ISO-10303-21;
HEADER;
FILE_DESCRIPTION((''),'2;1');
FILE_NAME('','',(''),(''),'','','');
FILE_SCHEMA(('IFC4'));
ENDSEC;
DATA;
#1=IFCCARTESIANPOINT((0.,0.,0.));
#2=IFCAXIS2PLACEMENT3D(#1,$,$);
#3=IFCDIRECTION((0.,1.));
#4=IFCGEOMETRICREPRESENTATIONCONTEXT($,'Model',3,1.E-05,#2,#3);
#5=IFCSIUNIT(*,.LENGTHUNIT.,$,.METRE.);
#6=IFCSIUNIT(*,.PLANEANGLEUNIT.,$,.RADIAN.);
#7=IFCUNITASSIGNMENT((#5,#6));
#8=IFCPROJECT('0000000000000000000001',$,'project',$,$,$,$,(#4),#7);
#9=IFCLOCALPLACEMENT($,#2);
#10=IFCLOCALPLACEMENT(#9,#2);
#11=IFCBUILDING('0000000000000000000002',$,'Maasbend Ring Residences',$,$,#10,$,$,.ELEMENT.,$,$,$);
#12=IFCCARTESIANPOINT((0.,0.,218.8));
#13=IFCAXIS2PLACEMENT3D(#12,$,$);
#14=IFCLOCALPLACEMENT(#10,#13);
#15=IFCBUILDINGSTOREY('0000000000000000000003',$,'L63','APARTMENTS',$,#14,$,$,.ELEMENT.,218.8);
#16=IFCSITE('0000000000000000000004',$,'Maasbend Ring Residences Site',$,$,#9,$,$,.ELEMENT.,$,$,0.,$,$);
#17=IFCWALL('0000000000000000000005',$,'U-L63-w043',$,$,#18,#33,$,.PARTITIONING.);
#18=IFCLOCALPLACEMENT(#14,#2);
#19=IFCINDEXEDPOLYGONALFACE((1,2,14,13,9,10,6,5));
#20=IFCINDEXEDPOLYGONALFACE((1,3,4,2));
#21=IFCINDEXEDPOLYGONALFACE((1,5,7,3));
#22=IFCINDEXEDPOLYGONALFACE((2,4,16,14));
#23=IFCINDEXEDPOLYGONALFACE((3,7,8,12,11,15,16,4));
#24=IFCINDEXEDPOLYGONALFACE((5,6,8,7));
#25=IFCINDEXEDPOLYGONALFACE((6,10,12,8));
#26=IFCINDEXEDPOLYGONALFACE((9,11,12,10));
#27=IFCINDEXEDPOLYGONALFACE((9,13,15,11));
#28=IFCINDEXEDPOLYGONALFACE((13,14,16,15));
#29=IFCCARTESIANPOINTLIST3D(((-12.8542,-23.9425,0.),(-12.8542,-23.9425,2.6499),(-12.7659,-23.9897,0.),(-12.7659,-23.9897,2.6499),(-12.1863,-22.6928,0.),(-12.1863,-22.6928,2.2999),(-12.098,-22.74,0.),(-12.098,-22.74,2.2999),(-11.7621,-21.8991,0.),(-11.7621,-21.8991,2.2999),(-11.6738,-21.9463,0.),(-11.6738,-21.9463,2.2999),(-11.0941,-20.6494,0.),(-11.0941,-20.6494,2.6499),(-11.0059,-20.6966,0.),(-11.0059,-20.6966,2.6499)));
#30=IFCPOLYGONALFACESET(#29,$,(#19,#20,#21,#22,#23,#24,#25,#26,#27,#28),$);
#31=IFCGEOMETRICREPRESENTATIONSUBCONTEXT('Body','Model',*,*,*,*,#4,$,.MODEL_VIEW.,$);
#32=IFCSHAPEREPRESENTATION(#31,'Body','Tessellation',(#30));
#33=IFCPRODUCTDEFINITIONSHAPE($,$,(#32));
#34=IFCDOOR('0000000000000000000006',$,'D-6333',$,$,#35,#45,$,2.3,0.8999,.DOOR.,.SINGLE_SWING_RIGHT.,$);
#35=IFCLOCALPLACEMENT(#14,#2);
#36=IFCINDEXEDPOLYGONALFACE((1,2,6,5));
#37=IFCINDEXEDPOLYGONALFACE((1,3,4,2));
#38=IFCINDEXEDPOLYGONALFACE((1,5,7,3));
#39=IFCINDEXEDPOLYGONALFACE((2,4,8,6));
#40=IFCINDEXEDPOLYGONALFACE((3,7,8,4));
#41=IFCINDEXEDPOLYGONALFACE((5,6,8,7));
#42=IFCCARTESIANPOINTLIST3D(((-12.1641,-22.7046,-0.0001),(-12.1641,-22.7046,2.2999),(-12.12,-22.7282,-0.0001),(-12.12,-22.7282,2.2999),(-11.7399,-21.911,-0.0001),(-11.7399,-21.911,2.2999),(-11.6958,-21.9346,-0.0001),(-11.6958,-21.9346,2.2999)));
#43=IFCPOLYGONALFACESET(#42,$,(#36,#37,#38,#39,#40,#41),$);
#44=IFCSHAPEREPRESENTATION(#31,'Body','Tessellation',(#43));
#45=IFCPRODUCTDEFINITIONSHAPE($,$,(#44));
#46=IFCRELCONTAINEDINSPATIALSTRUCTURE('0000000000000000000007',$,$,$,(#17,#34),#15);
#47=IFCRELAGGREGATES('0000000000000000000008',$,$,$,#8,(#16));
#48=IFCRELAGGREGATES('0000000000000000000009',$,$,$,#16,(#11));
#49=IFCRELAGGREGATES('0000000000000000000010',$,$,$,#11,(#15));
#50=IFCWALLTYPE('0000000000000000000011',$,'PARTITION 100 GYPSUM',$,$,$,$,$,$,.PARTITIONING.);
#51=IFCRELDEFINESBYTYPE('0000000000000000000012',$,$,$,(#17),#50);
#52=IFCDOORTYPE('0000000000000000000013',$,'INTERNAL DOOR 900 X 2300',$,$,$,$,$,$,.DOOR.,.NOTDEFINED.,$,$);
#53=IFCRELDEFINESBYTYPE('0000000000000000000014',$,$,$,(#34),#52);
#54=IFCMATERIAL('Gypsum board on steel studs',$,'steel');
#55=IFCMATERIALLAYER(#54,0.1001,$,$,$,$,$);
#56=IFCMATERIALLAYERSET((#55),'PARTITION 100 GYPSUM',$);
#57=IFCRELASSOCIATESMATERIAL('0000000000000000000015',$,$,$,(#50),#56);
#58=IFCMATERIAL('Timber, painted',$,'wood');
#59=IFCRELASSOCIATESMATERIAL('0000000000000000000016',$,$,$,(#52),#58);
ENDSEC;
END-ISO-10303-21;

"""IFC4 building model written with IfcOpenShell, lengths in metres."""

from ifc_helpers import new_model, si_unit, direction, frame, frame_2d, origin, place, context, subcontext, project, spatial, rectangle, extrude, material, layer, layer_set, type_object, element, fill, save


model = new_model("IFC4")

# Units and contexts
model_context = context("Model", 3, precision=1e-05, world=origin(), true_north=direction((0.0, 1.0)))
body_context = subcontext(model_context, "Body", "Model", "MODEL_VIEW")
ifc_project = project(units=[si_unit("LENGTHUNIT", "METRE"), si_unit("PLANEANGLEUNIT", "RADIAN")], contexts=[model_context])

# Site, building, storey
site_placement = place(None, origin())
site = spatial("IfcSite", under=ifc_project, at=site_placement, Name="Maasbend Ring Residences Site", CompositionType="ELEMENT", RefElevation=0.0)
building_placement = place(site_placement, origin())
building = spatial("IfcBuilding", under=site, at=building_placement, Name="Maasbend Ring Residences", CompositionType="ELEMENT")
storey_placement = place(building_placement, frame((0.0, 0.0, 218.8)))
storey = spatial("IfcBuildingStorey", under=building, at=storey_placement, Name="L63", Description="APARTMENTS", CompositionType="ELEMENT", Elevation=218.8)

# Shared definitions
ifc_material_1 = material(Name="Gypsum board on steel studs", Category="steel")
ifc_layer_1 = layer(ifc_material_1, 0.1001)
ifc_layer_set_1 = layer_set([ifc_layer_1], Name="PARTITION 100 GYPSUM")
wall_type_1 = type_object("IfcWallType", Name="PARTITION 100 GYPSUM", PredefinedType="PARTITIONING", material=ifc_layer_set_1)
ifc_material_2 = material(Name="Timber, painted", Category="wood")
door_type_1 = type_object("IfcDoorType", Name="INTERNAL DOOR 900 X 2300", OperationType="NOTDEFINED", PredefinedType="DOOR", material=ifc_material_2)

# Wall, opening, door
wall_1_placement = place(storey_placement, frame((-12.8101, -23.9661, 0.0), z_axis=(0.0, 0.0, 1.0), x_axis=(0.471372, 0.881934, 0.0)))
wall_1 = element("IfcWall", 1, at=wall_1_placement, inside=storey, type_object=wall_type_1, Name="U-L63-w043", PredefinedType="PARTITIONING", context=body_context, shape_type="SweptSolid", body=[
    extrude(rectangle(XDim=3.7339, YDim=0.1001, at=frame_2d((1.8669, 0.0))), origin(), (0.0, 0.0, 1.0), 2.6499),
])
opening_1_placement = place(wall_1_placement, frame((1.417, 0.0, 0.0)))
opening_1 = element("IfcOpeningElement", 2, at=opening_1_placement, cuts=wall_1, PredefinedType="OPENING", context=body_context, shape_type="SweptSolid", body=[
    extrude(rectangle(XDim=0.8999, YDim=2.3, at=frame_2d((0.45, 1.1499))), frame((0.0, 0.0601, 0.0), z_axis=(0.0, -1.0, 0.0), x_axis=(1.0, 0.0, 0.0)), (0.0, 0.0, 1.0), 0.1201),
])
door_1_placement = place(opening_1_placement, origin())
door_1 = element("IfcDoor", 3, at=door_1_placement, inside=storey, type_object=door_type_1, Name="D-6333", OperationType="SINGLE_SWING_RIGHT", OverallHeight=2.3, OverallWidth=0.8999, PredefinedType="DOOR", context=body_context, shape_type="SweptSolid", body=[
    extrude(rectangle(XDim=0.8999, YDim=2.3, at=frame_2d((0.45, 1.1499))), frame((0.0, 0.0249, 0.0), z_axis=(0.0, -1.0, 0.0), x_axis=(1.0, 0.0, 0.0)), (0.0, 0.0, 1.0), 0.05),
])
fill(opening_1, door_1)

save(model, "model.ifc")
